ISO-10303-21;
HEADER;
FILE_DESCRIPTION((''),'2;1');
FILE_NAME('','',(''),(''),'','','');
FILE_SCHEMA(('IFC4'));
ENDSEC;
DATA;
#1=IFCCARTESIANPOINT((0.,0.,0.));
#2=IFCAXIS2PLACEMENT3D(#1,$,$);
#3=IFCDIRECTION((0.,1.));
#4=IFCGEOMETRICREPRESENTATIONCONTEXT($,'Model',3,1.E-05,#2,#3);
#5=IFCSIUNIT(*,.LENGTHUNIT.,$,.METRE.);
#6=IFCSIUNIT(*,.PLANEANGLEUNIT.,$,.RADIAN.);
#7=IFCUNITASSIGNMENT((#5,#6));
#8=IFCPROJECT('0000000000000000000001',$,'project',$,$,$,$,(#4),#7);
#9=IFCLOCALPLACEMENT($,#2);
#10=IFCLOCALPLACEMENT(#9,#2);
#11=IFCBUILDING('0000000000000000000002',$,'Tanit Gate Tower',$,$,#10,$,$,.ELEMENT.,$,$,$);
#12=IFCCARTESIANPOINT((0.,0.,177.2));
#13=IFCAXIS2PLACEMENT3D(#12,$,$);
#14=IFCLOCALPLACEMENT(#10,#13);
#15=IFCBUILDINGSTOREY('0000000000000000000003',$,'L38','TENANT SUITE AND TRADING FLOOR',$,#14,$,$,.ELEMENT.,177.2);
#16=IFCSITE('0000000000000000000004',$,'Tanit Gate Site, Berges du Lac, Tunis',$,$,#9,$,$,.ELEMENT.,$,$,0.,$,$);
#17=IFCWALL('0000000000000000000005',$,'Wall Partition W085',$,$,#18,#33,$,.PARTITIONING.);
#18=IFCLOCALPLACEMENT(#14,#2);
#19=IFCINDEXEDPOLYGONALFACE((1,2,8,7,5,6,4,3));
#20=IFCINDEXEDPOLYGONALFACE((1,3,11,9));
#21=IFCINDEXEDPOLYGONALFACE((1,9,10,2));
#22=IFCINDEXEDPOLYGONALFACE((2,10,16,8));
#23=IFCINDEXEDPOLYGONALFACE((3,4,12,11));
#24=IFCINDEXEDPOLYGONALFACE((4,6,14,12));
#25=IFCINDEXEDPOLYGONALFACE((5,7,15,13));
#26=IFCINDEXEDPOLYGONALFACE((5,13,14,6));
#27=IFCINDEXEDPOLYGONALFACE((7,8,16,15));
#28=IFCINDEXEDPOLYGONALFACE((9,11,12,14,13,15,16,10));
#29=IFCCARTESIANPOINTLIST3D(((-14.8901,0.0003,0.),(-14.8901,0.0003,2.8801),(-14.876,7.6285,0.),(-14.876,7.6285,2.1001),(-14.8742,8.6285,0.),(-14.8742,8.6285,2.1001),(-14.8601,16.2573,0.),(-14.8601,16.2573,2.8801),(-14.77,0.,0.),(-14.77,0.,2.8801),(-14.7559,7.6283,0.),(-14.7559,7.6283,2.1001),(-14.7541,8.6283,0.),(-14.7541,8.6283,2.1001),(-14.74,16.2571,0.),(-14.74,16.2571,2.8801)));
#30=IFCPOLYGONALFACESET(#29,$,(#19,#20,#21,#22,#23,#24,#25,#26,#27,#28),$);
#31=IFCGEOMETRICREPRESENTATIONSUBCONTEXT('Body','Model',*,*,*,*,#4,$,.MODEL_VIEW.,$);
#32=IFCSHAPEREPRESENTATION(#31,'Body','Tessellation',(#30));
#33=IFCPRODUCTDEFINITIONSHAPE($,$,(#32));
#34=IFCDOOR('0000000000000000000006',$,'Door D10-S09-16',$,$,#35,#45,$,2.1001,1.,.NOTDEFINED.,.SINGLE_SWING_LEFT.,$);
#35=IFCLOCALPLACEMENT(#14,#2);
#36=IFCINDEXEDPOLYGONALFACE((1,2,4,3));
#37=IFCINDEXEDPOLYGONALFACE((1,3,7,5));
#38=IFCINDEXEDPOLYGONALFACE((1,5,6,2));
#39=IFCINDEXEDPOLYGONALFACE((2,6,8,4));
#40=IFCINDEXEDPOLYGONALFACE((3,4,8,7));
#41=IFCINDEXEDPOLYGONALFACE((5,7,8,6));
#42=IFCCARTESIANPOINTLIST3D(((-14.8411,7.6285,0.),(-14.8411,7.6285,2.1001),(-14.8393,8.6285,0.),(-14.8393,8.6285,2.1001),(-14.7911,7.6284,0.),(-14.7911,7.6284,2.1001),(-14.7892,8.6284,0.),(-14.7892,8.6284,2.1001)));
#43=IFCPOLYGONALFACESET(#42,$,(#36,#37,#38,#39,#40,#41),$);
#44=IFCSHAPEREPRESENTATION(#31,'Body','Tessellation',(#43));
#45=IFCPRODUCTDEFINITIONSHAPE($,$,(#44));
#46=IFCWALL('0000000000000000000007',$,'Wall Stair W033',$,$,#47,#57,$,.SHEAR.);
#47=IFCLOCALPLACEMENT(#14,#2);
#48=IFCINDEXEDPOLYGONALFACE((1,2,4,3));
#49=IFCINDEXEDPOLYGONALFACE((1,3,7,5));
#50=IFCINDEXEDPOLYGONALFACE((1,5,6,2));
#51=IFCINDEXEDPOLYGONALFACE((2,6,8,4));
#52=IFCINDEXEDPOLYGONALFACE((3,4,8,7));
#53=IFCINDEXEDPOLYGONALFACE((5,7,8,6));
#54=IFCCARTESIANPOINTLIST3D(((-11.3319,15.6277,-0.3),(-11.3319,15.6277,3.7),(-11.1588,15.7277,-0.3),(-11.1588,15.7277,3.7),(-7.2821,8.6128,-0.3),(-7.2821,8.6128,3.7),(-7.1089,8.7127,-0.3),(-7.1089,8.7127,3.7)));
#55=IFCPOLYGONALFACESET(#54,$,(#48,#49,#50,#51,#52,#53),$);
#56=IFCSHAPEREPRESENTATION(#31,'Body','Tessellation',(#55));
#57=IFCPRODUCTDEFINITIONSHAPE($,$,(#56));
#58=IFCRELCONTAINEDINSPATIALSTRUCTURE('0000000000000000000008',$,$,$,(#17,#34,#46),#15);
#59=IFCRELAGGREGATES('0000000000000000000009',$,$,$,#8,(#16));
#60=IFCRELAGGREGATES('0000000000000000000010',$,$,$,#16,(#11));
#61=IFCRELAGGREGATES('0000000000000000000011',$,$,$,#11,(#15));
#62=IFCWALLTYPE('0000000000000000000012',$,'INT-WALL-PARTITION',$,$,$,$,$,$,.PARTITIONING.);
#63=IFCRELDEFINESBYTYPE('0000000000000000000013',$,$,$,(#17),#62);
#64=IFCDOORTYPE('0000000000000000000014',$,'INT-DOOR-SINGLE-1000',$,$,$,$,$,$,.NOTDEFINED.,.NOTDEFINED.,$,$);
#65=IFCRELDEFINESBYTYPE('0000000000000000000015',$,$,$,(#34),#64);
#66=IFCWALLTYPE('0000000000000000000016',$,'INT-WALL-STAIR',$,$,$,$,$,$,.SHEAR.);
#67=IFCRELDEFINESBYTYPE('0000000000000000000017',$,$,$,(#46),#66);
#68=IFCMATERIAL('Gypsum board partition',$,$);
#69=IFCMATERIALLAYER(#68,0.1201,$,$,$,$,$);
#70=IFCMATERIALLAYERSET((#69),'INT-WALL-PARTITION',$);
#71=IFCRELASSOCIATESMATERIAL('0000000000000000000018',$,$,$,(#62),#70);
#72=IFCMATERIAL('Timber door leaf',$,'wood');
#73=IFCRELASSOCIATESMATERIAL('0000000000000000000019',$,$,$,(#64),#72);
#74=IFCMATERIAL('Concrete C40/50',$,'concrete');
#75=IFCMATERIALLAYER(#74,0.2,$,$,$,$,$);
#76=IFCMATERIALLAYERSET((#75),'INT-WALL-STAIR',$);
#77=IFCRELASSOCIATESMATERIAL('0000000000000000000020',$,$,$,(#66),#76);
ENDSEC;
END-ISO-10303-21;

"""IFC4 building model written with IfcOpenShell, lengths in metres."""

from ifc_helpers import new_model, si_unit, direction, frame, frame_2d, origin, place, context, subcontext, project, spatial, rectangle, extrude, material, layer, layer_set, type_object, element, fill, save


model = new_model("IFC4")

# Units and contexts
model_context = context("Model", 3, precision=1e-05, world=origin(), true_north=direction((0.0, 1.0)))
body_context = subcontext(model_context, "Body", "Model", "MODEL_VIEW")
ifc_project = project(units=[si_unit("LENGTHUNIT", "METRE"), si_unit("PLANEANGLEUNIT", "RADIAN")], contexts=[model_context])

# Site, building, storey
site_placement = place(None, origin())
site = spatial("IfcSite", under=ifc_project, at=site_placement, Name="Tanit Gate Site, Berges du Lac, Tunis", CompositionType="ELEMENT", RefElevation=0.0)
building_placement = place(site_placement, origin())
building = spatial("IfcBuilding", under=site, at=building_placement, Name="Tanit Gate Tower", CompositionType="ELEMENT")
storey_placement = place(building_placement, frame((0.0, 0.0, 177.2)))
storey = spatial("IfcBuildingStorey", under=building, at=storey_placement, Name="L38", Description="TENANT SUITE AND TRADING FLOOR", CompositionType="ELEMENT", Elevation=177.2)

# Wall, opening, door
ifc_material_1 = material(Name="Gypsum board partition")
ifc_layer_1 = layer(ifc_material_1, 0.1201)
ifc_layer_set_1 = layer_set([ifc_layer_1], Name="INT-WALL-PARTITION")
wall_type_1 = type_object("IfcWallType", Name="INT-WALL-PARTITION", PredefinedType="PARTITIONING", material=ifc_layer_set_1)
wall_1_placement = place(storey_placement, frame((-14.8, 16.2571, 0.0), z_axis=(0.0, 0.0, 1.0), x_axis=(-0.001847, -0.999998, 0.0)))
wall_1 = element("IfcWall", 1, at=wall_1_placement, inside=storey, type_object=wall_type_1, Name="Wall Partition W085", PredefinedType="PARTITIONING", context=body_context, shape_type="SweptSolid", body=[
    extrude(rectangle(XDim=16.2571, YDim=0.1201, at=frame_2d((8.1284, 0.0))), origin(), (0.0, 0.0, 1.0), 2.8801),
])
opening_1_placement = place(wall_1_placement, frame((7.6287, 0.0, 0.0)))
opening_1 = element("IfcOpeningElement", 2, at=opening_1_placement, cuts=wall_1, PredefinedType="OPENING", context=body_context, shape_type="SweptSolid", body=[
    extrude(rectangle(XDim=1.0, YDim=2.1001, at=frame_2d((0.5, 1.05))), frame((0.0, 0.0701, 0.0), z_axis=(0.0, -1.0, 0.0), x_axis=(1.0, 0.0, 0.0)), (0.0, 0.0, 1.0), 0.1401),
])
ifc_material_2 = material(Name="Timber door leaf", Category="wood")
door_type_1 = type_object("IfcDoorType", Name="INT-DOOR-SINGLE-1000", OperationType="NOTDEFINED", PredefinedType="NOTDEFINED", material=ifc_material_2)
door_1_placement = place(opening_1_placement, origin())
door_1 = element("IfcDoor", 3, at=door_1_placement, inside=storey, type_object=door_type_1, Name="Door D10-S09-16", OperationType="SINGLE_SWING_LEFT", OverallHeight=2.1001, OverallWidth=1.0, PredefinedType="NOTDEFINED", context=body_context, shape_type="SweptSolid", body=[
    extrude(rectangle(XDim=1.0, YDim=2.1001, at=frame_2d((0.5, 1.05))), frame((0.0, 0.0249, 0.0), z_axis=(0.0, -1.0, 0.0), x_axis=(1.0, 0.0, 0.0)), (0.0, 0.0, 1.0), 0.05),
])
fill(opening_1, door_1)

# Wall
ifc_material_3 = material(Name="Concrete C40/50", Category="concrete")
ifc_layer_2 = layer(ifc_material_3, 0.2)
ifc_layer_set_2 = layer_set([ifc_layer_2], Name="INT-WALL-STAIR")
wall_type_2 = type_object("IfcWallType", Name="INT-WALL-STAIR", PredefinedType="SHEAR", material=ifc_layer_set_2)
wall_2_placement = place(storey_placement, frame((-11.2454, 15.6777, -0.3), z_axis=(0.0, 0.0, 1.0), x_axis=(0.499977, -0.866039, 0.0)))
element("IfcWall", 4, at=wall_2_placement, inside=storey, type_object=wall_type_2, Name="Wall Stair W033", PredefinedType="SHEAR", context=body_context, shape_type="SweptSolid", body=[
    extrude(rectangle(XDim=8.1001, YDim=0.2, at=frame_2d((4.05, 0.0))), origin(), (0.0, 0.0, 1.0), 4.0),
])

save(model, "model.ifc")
